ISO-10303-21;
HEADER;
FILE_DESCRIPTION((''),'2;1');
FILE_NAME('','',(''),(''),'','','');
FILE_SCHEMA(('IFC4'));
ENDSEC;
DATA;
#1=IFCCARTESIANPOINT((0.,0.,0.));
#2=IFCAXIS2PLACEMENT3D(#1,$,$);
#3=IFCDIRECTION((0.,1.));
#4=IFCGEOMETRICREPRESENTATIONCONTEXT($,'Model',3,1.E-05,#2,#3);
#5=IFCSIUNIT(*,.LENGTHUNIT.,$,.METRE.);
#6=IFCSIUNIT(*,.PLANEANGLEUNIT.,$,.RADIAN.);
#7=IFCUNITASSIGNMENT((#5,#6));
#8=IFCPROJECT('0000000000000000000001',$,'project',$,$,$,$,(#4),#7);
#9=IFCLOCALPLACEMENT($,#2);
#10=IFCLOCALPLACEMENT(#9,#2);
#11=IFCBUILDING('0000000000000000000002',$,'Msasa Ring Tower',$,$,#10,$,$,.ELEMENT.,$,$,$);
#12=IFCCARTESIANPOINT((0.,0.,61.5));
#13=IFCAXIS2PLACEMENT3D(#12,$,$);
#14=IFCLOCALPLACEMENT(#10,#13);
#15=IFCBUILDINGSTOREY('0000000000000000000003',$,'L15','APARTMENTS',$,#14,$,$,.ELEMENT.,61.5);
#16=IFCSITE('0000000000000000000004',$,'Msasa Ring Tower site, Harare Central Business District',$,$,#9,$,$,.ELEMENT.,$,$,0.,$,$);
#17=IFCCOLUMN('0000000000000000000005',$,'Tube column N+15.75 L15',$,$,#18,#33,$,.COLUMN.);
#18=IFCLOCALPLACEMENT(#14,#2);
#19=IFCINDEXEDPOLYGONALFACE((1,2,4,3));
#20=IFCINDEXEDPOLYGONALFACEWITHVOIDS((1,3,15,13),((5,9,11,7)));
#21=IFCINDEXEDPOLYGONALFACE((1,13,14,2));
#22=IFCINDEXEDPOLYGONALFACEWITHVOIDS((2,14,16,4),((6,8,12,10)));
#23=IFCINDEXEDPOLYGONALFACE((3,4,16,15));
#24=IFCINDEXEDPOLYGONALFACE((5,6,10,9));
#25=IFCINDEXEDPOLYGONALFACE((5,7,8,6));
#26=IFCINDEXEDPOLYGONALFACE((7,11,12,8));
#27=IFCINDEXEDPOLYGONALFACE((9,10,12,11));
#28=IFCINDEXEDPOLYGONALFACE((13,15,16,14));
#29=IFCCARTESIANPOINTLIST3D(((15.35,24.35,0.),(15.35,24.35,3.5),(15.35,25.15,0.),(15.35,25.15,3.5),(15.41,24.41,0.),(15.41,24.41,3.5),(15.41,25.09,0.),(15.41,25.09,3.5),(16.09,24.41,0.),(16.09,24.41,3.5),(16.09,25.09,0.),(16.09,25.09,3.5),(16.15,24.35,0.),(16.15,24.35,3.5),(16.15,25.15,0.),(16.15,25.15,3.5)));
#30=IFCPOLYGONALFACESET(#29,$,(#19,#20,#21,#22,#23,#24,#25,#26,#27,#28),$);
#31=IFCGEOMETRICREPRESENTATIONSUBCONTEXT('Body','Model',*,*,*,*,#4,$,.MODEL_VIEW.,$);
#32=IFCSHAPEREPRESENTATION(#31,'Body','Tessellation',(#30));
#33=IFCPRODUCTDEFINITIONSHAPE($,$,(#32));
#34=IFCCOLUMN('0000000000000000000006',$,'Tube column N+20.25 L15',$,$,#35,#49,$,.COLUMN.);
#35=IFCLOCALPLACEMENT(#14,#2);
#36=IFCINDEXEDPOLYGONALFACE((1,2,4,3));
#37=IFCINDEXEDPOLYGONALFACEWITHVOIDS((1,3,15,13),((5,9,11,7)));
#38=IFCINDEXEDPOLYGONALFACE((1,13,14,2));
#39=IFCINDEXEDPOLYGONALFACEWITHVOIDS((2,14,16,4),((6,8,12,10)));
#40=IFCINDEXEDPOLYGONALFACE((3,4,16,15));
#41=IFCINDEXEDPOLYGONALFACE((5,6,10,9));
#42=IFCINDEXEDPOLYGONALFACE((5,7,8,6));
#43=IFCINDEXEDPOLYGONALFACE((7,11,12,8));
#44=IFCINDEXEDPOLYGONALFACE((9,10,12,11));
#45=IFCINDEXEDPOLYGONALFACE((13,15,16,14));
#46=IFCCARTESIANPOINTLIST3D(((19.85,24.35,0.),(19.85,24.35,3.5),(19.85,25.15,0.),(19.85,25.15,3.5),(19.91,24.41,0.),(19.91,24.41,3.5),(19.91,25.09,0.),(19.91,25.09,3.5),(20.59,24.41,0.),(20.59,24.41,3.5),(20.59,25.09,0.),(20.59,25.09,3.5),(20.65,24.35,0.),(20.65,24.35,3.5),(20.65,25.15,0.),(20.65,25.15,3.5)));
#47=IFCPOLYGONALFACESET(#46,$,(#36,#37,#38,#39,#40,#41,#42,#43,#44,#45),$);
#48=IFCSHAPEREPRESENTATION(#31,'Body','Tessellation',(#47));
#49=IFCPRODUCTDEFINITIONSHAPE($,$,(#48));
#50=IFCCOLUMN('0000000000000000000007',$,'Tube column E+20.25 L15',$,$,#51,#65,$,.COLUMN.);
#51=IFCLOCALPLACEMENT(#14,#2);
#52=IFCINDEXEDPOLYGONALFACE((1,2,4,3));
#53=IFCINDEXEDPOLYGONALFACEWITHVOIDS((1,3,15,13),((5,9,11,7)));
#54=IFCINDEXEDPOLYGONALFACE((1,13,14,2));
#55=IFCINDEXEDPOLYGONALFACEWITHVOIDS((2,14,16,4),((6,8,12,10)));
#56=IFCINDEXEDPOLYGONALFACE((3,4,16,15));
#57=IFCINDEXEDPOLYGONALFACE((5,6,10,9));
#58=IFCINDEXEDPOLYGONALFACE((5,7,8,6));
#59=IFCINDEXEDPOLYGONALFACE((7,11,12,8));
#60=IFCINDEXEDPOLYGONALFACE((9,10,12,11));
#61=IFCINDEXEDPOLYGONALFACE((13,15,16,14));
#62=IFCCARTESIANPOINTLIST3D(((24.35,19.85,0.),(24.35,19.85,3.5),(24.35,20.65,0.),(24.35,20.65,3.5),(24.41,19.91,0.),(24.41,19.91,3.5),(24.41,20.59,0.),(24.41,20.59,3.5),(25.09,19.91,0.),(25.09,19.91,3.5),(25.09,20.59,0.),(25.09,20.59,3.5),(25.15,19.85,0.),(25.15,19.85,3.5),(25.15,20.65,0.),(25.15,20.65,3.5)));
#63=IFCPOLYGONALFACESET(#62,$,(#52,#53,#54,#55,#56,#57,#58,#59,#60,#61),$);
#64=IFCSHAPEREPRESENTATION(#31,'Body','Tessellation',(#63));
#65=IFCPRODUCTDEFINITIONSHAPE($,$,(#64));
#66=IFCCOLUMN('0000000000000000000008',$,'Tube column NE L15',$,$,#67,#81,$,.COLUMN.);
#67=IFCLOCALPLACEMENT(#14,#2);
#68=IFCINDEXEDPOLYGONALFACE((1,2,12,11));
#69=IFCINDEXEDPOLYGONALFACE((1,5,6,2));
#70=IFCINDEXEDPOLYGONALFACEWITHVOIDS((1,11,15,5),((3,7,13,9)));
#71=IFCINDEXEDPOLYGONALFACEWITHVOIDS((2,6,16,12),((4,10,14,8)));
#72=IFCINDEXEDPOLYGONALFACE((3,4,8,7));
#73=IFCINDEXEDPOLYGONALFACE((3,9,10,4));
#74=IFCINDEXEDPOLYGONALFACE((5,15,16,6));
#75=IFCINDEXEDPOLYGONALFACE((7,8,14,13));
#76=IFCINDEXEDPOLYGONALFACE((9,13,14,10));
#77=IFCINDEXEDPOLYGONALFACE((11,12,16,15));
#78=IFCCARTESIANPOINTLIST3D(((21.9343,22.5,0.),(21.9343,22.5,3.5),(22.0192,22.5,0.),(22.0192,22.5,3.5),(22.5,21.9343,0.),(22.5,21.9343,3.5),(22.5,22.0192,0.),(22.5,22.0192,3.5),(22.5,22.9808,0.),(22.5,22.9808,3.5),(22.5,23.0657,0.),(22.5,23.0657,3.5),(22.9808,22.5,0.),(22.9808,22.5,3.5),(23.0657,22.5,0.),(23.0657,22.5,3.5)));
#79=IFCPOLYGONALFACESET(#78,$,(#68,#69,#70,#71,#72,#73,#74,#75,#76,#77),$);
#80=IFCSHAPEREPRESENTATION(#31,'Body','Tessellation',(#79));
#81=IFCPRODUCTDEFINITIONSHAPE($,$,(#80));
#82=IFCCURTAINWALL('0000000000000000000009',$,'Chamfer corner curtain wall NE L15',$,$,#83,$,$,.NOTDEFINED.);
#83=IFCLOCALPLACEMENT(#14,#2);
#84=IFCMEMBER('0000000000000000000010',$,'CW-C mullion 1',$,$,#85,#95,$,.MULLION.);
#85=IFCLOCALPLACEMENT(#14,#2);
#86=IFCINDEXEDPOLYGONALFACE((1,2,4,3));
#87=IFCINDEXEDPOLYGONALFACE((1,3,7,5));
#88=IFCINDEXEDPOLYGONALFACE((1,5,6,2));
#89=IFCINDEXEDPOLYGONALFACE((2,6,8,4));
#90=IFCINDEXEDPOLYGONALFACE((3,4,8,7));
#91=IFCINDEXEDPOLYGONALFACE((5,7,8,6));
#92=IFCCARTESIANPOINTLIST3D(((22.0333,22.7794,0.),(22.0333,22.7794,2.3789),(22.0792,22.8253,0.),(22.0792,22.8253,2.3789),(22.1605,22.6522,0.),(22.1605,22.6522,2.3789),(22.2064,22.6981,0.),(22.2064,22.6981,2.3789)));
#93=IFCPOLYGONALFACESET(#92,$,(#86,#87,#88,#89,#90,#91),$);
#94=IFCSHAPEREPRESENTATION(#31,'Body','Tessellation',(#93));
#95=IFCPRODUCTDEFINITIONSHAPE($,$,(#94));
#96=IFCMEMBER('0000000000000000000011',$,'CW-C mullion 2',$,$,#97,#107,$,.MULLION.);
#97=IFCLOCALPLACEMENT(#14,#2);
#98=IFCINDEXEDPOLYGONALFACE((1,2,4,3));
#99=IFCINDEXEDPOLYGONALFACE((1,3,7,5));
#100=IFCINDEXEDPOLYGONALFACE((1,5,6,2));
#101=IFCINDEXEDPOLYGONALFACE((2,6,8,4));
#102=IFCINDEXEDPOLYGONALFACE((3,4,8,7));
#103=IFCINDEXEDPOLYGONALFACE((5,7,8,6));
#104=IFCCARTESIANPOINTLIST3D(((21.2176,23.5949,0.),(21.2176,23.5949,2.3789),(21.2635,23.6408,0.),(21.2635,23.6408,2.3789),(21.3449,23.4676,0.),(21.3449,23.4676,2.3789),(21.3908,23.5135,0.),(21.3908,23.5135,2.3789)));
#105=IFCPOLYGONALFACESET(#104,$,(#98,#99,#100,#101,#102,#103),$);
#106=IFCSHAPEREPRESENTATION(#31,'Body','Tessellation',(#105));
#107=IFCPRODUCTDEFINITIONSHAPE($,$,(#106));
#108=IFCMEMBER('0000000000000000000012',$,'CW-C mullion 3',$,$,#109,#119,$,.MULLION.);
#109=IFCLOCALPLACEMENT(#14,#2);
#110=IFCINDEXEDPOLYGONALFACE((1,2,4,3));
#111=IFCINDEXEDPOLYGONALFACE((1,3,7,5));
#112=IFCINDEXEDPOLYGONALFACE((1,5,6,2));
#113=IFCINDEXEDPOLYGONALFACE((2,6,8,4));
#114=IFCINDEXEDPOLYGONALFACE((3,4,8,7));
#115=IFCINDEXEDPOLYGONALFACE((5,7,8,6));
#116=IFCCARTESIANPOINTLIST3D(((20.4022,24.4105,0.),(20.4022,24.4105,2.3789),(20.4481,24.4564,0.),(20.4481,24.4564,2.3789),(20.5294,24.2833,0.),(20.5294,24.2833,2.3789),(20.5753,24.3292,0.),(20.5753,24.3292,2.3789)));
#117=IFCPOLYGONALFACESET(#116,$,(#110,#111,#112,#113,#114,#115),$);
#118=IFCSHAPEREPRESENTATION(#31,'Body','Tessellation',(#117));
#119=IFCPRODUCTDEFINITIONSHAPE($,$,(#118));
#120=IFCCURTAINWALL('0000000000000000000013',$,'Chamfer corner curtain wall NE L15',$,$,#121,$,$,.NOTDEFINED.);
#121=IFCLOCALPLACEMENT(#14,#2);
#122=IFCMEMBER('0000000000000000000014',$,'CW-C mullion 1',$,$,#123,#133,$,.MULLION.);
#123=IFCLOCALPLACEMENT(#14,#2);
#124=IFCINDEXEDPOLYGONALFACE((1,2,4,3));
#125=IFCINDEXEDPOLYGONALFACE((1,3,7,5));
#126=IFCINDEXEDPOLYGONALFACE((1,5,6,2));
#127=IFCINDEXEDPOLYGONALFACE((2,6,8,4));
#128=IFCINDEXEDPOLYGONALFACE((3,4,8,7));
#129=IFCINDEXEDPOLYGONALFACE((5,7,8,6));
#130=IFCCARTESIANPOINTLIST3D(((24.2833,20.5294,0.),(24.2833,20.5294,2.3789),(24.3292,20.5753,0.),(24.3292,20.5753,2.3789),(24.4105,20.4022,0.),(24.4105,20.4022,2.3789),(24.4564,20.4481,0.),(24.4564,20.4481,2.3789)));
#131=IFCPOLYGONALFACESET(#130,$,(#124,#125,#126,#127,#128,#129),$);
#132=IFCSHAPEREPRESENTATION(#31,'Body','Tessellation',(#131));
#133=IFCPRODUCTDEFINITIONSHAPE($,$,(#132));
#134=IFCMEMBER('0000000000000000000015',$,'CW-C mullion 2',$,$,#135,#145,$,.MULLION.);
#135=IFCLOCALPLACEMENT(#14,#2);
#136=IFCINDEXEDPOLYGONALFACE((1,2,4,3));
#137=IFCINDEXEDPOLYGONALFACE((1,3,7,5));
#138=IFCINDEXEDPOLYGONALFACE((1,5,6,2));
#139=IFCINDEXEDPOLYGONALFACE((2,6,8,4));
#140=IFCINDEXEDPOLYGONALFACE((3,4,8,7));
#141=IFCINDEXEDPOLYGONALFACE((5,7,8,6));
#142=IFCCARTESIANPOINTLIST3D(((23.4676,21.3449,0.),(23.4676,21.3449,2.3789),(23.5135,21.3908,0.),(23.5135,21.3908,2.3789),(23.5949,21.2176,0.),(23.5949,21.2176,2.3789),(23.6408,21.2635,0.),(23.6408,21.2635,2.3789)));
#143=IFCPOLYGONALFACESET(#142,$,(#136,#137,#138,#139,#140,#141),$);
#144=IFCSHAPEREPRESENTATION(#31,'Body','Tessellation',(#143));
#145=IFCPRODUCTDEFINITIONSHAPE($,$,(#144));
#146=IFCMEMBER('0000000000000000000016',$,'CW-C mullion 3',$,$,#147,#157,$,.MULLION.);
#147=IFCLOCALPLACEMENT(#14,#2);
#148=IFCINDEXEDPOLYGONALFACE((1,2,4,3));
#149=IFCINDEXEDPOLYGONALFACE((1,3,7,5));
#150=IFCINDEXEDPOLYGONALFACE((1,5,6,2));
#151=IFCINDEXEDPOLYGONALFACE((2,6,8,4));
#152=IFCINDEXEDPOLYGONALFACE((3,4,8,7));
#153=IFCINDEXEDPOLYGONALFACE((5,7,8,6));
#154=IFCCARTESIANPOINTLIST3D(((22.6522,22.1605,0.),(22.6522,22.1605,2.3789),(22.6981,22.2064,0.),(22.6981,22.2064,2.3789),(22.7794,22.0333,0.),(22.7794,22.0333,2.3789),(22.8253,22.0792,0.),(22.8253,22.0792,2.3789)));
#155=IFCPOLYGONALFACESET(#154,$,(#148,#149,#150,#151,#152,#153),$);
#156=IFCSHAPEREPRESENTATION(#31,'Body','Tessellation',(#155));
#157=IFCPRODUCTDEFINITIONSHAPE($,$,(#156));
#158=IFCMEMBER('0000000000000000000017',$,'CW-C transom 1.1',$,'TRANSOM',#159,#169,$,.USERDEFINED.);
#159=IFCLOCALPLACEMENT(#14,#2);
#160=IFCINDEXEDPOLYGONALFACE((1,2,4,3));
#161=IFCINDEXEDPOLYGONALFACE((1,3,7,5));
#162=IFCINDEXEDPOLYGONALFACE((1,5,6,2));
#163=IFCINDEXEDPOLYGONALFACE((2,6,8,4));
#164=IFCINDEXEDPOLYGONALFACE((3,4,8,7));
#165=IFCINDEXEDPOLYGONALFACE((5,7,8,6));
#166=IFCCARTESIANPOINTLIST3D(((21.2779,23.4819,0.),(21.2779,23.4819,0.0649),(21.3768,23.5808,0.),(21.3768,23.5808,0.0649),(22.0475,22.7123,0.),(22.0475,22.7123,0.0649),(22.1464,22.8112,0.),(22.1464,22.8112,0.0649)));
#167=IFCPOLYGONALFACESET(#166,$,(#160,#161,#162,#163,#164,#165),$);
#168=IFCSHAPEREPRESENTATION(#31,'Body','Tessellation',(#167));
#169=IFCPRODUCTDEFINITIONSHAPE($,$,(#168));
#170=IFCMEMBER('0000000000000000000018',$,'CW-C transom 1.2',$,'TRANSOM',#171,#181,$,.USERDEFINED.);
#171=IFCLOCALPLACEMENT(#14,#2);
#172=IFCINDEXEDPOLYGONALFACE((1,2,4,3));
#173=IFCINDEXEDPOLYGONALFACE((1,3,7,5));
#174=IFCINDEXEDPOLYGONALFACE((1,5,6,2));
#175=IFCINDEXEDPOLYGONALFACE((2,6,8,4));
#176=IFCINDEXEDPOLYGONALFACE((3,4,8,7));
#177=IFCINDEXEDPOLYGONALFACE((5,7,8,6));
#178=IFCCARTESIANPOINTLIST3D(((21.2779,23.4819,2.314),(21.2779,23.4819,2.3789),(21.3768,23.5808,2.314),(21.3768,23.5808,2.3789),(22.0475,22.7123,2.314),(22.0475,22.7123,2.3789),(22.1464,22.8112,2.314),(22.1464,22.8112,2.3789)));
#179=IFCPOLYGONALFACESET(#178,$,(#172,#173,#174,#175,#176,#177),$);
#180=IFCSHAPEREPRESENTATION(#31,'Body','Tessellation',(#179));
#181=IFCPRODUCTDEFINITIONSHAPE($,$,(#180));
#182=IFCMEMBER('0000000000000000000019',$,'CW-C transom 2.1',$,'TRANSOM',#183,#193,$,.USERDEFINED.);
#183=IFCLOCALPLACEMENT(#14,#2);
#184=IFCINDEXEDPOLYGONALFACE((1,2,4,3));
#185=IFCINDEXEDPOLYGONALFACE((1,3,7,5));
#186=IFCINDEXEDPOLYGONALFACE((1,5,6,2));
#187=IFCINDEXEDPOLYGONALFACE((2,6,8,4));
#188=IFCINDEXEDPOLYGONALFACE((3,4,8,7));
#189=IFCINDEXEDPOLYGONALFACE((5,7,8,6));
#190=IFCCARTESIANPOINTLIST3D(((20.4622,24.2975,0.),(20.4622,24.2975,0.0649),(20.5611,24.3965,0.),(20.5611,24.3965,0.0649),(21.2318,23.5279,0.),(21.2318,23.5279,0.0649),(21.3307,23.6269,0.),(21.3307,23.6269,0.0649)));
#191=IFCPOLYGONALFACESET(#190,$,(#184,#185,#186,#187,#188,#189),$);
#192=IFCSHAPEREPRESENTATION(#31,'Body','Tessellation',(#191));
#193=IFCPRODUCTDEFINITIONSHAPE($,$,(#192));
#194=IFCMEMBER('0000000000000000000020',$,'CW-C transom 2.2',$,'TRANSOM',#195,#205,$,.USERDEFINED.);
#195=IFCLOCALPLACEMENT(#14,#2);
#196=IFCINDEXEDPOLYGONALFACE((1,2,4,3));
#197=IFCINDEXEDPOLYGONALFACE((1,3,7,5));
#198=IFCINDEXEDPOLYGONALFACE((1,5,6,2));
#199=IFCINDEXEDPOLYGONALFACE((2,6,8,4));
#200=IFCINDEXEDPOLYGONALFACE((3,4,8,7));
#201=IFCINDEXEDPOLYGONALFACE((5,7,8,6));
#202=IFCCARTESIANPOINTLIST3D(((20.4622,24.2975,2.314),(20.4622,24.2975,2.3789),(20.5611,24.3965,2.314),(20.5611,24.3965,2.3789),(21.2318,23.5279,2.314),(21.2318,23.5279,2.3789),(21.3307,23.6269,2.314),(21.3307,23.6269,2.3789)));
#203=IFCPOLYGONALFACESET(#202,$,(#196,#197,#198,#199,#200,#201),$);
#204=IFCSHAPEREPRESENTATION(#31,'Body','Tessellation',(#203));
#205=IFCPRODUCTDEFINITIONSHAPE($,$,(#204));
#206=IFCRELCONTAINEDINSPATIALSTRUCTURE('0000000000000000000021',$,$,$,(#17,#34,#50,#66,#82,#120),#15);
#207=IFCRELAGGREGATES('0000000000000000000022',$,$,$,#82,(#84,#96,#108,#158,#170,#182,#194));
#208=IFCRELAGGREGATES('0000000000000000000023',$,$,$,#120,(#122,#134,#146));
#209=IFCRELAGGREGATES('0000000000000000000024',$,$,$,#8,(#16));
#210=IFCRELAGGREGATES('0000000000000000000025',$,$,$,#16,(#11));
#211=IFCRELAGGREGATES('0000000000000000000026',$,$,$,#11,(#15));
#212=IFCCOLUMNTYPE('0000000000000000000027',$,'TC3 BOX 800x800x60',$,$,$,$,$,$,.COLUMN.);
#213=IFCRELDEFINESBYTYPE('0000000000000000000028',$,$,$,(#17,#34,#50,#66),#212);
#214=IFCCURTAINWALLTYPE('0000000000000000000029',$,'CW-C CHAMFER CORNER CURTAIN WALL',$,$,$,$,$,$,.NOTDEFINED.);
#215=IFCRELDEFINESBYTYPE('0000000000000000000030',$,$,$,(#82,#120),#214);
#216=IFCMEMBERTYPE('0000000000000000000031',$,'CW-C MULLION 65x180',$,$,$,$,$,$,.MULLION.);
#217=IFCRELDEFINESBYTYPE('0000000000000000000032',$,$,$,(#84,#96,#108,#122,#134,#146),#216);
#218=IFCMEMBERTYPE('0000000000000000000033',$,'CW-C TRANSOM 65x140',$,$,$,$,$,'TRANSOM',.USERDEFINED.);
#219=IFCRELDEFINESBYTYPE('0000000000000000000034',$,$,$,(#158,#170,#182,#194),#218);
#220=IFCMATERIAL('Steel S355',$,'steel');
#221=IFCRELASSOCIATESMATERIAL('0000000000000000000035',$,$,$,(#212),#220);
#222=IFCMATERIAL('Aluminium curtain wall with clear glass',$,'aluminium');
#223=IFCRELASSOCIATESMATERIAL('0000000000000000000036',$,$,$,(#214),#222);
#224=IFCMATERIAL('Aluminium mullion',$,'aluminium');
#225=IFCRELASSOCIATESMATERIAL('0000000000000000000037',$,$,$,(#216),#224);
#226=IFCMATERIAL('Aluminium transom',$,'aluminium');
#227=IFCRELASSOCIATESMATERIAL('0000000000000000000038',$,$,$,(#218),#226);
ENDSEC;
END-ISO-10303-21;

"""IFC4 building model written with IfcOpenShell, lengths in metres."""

from ifc_helpers import new_model, si_unit, direction, frame, origin, origin_2d, place, context, subcontext, project, spatial, rectangle, hollow_rectangle, extrude, material, material_profile, profile_set, type_object, element, aggregate, save


model = new_model("IFC4")

# Units and contexts
model_context = context("Model", 3, precision=1e-05, world=origin(), true_north=direction((0.0, 1.0)))
body_context = subcontext(model_context, "Body", "Model", "MODEL_VIEW")
ifc_project = project(units=[si_unit("LENGTHUNIT", "METRE"), si_unit("PLANEANGLEUNIT", "RADIAN")], contexts=[model_context])

# Site, building, storey
site_placement = place(None, origin())
site = spatial("IfcSite", under=ifc_project, at=site_placement, Name="Msasa Ring Tower site, Harare Central Business District", CompositionType="ELEMENT", RefElevation=0.0)
building_placement = place(site_placement, origin())
building = spatial("IfcBuilding", under=site, at=building_placement, Name="Msasa Ring Tower", CompositionType="ELEMENT")
storey_placement = place(building_placement, frame((0.0, 0.0, 61.5)))
storey = spatial("IfcBuildingStorey", under=building, at=storey_placement, Name="L15", Description="APARTMENTS", CompositionType="ELEMENT", Elevation=61.5)

# Columns
ifc_material_1 = material(Name="Steel S355", Category="steel")
ifc_material_profile_1 = material_profile(ifc_material_1, hollow_rectangle(XDim=0.8, YDim=0.8, WallThickness=0.0601, at=origin_2d()), Name="BOX 800x800x60")
ifc_profile_set_1 = profile_set([ifc_material_profile_1], Name="Steel S355")
column_type = type_object("IfcColumnType", Name="TC3 BOX 800x800x60", PredefinedType="COLUMN", material=ifc_profile_set_1)
for number, where, z_axis, x_axis, name in (
    (1, (15.75, 24.75, 0.0), (0.0, 0.0, 1.0), (0.0, 1.0, 0.0), "Tube column N+15.75 L15"),
    (2, (20.25, 24.75, 0.0), (0.0, 0.0, 1.0), (0.0, 1.0, 0.0), "Tube column N+20.25 L15"),
    (3, (24.75, 20.25, 0.0), (0.0, 0.0, 1.0), (1.0, 0.0, 0.0), "Tube column E+20.25 L15"),
    (4, (22.5, 22.5, 0.0), (0.0, 0.0, 1.0), (0.707107, 0.707107, 0.0), "Tube column NE L15"),
):
    element("IfcColumn", number, at=place(storey_placement, frame(where, z_axis=z_axis, x_axis=x_axis)), inside=storey, type_object=column_type, Name=name, PredefinedType="COLUMN", context=body_context, shape_type="SweptSolid", body=[
        extrude(hollow_rectangle(XDim=0.8, YDim=0.8, WallThickness=0.0601, at=origin_2d()), origin(), (0.0, 0.0, 1.0), 3.5),
    ])

# Curtain walls, members
ifc_material_2 = material(Name="Aluminium curtain wall with clear glass", Category="aluminium")
curtain_wall_type = type_object("IfcCurtainWallType", Name="CW-C CHAMFER CORNER CURTAIN WALL", PredefinedType="NOTDEFINED", material=ifc_material_2)
curtain_wall_1_placement = place(storey_placement, origin())
curtain_wall_1 = element("IfcCurtainWall", 5, at=curtain_wall_1_placement, inside=storey, type_object=curtain_wall_type, Name="Chamfer corner curtain wall NE L15", PredefinedType="NOTDEFINED")
ifc_material_3 = material(Name="Aluminium mullion", Category="aluminium")
ifc_material_profile_2 = material_profile(ifc_material_3, rectangle(XDim=0.0649, YDim=0.1799, at=origin_2d()), Name="AL 65x180")
ifc_profile_set_2 = profile_set([ifc_material_profile_2], Name="Aluminium mullion")
member_type_1 = type_object("IfcMemberType", Name="CW-C MULLION 65x180", PredefinedType="MULLION", material=ifc_profile_set_2)
member_1_placement = place(storey_placement, frame((22.1199, 22.7388, 0.0), z_axis=(0.0, 0.0, 1.0), x_axis=(-0.707107, -0.707107, 0.0)))
member_1 = element("IfcMember", 6, at=member_1_placement, type_object=member_type_1, Name="CW-C mullion 1", PredefinedType="MULLION", context=body_context, shape_type="SweptSolid", body=[
    extrude(rectangle(XDim=0.0649, YDim=0.1799, at=origin_2d()), origin(), (0.0, 0.0, 1.0), 2.3789),
])
member_2_placement = place(storey_placement, frame((21.3042, 23.5542, 0.0), z_axis=(0.0, 0.0, 1.0), x_axis=(-0.707107, -0.707107, 0.0)))
member_2 = element("IfcMember", 7, at=member_2_placement, type_object=member_type_1, Name="CW-C mullion 2", PredefinedType="MULLION", context=body_context, shape_type="SweptSolid", body=[
    extrude(rectangle(XDim=0.0649, YDim=0.1799, at=origin_2d()), origin(), (0.0, 0.0, 1.0), 2.3789),
])
member_3_placement = place(storey_placement, frame((20.4888, 24.3699, 0.0), z_axis=(0.0, 0.0, 1.0), x_axis=(-0.707107, -0.707107, 0.0)))
member_3 = element("IfcMember", 8, at=member_3_placement, type_object=member_type_1, Name="CW-C mullion 3", PredefinedType="MULLION", context=body_context, shape_type="SweptSolid", body=[
    extrude(rectangle(XDim=0.0649, YDim=0.1799, at=origin_2d()), origin(), (0.0, 0.0, 1.0), 2.3789),
])
curtain_wall_2_placement = place(storey_placement, origin())
curtain_wall_2 = element("IfcCurtainWall", 9, at=curtain_wall_2_placement, inside=storey, type_object=curtain_wall_type, Name="Chamfer corner curtain wall NE L15", PredefinedType="NOTDEFINED")
member_4_placement = place(storey_placement, frame((24.3699, 20.4888, 0.0), z_axis=(0.0, 0.0, 1.0), x_axis=(-0.707107, -0.707107, 0.0)))
member_4 = element("IfcMember", 10, at=member_4_placement, type_object=member_type_1, Name="CW-C mullion 1", PredefinedType="MULLION", context=body_context, shape_type="SweptSolid", body=[
    extrude(rectangle(XDim=0.0649, YDim=0.1799, at=origin_2d()), origin(), (0.0, 0.0, 1.0), 2.3789),
])
member_5_placement = place(storey_placement, frame((23.5542, 21.3042, 0.0), z_axis=(0.0, 0.0, 1.0), x_axis=(-0.707107, -0.707107, 0.0)))
member_5 = element("IfcMember", 11, at=member_5_placement, type_object=member_type_1, Name="CW-C mullion 2", PredefinedType="MULLION", context=body_context, shape_type="SweptSolid", body=[
    extrude(rectangle(XDim=0.0649, YDim=0.1799, at=origin_2d()), origin(), (0.0, 0.0, 1.0), 2.3789),
])
member_6_placement = place(storey_placement, frame((22.7388, 22.1199, 0.0), z_axis=(0.0, 0.0, 1.0), x_axis=(-0.707107, -0.707107, 0.0)))
member_6 = element("IfcMember", 12, at=member_6_placement, type_object=member_type_1, Name="CW-C mullion 3", PredefinedType="MULLION", context=body_context, shape_type="SweptSolid", body=[
    extrude(rectangle(XDim=0.0649, YDim=0.1799, at=origin_2d()), origin(), (0.0, 0.0, 1.0), 2.3789),
])

# Members
ifc_material_4 = material(Name="Aluminium transom", Category="aluminium")
ifc_material_profile_3 = material_profile(ifc_material_4, rectangle(XDim=0.1399, YDim=0.0649, at=origin_2d()), Name="AL 65x140")
ifc_profile_set_3 = profile_set([ifc_material_profile_3], Name="Aluminium transom")
member_type_2 = type_object("IfcMemberType", Name="CW-C TRANSOM 65x140", ElementType="TRANSOM", PredefinedType="USERDEFINED", material=ifc_profile_set_3)
member_7_placement = place(storey_placement, frame((22.0969, 22.7617, 0.0325), z_axis=(-0.707107, 0.707107, 0.0), x_axis=(-0.707107, -0.707107, 0.0)))
member_7 = element("IfcMember", 13, at=member_7_placement, type_object=member_type_2, Name="CW-C transom 1.1", ObjectType="TRANSOM", PredefinedType="USERDEFINED", context=body_context, shape_type="SweptSolid", body=[
    extrude(rectangle(XDim=0.1399, YDim=0.0649, at=origin_2d()), origin(), (0.0, 0.0, 1.0), 1.0884),
])
member_8_placement = place(storey_placement, frame((22.0969, 22.7617, 2.3464), z_axis=(-0.707107, 0.707107, 0.0), x_axis=(-0.707107, -0.707107, 0.0)))
member_8 = element("IfcMember", 14, at=member_8_placement, type_object=member_type_2, Name="CW-C transom 1.2", ObjectType="TRANSOM", PredefinedType="USERDEFINED", context=body_context, shape_type="SweptSolid", body=[
    extrude(rectangle(XDim=0.1399, YDim=0.0649, at=origin_2d()), origin(), (0.0, 0.0, 1.0), 1.0884),
])
member_9_placement = place(storey_placement, frame((21.2812, 23.5774, 0.0325), z_axis=(-0.707107, 0.707107, 0.0), x_axis=(-0.707107, -0.707107, 0.0)))
member_9 = element("IfcMember", 15, at=member_9_placement, type_object=member_type_2, Name="CW-C transom 2.1", ObjectType="TRANSOM", PredefinedType="USERDEFINED", context=body_context, shape_type="SweptSolid", body=[
    extrude(rectangle(XDim=0.1399, YDim=0.0649, at=origin_2d()), origin(), (0.0, 0.0, 1.0), 1.0884),
])
member_10_placement = place(storey_placement, frame((21.2812, 23.5774, 2.3464), z_axis=(-0.707107, 0.707107, 0.0), x_axis=(-0.707107, -0.707107, 0.0)))
member_10 = element("IfcMember", 16, at=member_10_placement, type_object=member_type_2, Name="CW-C transom 2.2", ObjectType="TRANSOM", PredefinedType="USERDEFINED", context=body_context, shape_type="SweptSolid", body=[
    extrude(rectangle(XDim=0.1399, YDim=0.0649, at=origin_2d()), origin(), (0.0, 0.0, 1.0), 1.0884),
])

aggregate(curtain_wall_1, [member_1, member_2, member_3, member_7, member_8, member_9, member_10])
aggregate(curtain_wall_2, [member_4, member_5, member_6])

save(model, "model.ifc")
